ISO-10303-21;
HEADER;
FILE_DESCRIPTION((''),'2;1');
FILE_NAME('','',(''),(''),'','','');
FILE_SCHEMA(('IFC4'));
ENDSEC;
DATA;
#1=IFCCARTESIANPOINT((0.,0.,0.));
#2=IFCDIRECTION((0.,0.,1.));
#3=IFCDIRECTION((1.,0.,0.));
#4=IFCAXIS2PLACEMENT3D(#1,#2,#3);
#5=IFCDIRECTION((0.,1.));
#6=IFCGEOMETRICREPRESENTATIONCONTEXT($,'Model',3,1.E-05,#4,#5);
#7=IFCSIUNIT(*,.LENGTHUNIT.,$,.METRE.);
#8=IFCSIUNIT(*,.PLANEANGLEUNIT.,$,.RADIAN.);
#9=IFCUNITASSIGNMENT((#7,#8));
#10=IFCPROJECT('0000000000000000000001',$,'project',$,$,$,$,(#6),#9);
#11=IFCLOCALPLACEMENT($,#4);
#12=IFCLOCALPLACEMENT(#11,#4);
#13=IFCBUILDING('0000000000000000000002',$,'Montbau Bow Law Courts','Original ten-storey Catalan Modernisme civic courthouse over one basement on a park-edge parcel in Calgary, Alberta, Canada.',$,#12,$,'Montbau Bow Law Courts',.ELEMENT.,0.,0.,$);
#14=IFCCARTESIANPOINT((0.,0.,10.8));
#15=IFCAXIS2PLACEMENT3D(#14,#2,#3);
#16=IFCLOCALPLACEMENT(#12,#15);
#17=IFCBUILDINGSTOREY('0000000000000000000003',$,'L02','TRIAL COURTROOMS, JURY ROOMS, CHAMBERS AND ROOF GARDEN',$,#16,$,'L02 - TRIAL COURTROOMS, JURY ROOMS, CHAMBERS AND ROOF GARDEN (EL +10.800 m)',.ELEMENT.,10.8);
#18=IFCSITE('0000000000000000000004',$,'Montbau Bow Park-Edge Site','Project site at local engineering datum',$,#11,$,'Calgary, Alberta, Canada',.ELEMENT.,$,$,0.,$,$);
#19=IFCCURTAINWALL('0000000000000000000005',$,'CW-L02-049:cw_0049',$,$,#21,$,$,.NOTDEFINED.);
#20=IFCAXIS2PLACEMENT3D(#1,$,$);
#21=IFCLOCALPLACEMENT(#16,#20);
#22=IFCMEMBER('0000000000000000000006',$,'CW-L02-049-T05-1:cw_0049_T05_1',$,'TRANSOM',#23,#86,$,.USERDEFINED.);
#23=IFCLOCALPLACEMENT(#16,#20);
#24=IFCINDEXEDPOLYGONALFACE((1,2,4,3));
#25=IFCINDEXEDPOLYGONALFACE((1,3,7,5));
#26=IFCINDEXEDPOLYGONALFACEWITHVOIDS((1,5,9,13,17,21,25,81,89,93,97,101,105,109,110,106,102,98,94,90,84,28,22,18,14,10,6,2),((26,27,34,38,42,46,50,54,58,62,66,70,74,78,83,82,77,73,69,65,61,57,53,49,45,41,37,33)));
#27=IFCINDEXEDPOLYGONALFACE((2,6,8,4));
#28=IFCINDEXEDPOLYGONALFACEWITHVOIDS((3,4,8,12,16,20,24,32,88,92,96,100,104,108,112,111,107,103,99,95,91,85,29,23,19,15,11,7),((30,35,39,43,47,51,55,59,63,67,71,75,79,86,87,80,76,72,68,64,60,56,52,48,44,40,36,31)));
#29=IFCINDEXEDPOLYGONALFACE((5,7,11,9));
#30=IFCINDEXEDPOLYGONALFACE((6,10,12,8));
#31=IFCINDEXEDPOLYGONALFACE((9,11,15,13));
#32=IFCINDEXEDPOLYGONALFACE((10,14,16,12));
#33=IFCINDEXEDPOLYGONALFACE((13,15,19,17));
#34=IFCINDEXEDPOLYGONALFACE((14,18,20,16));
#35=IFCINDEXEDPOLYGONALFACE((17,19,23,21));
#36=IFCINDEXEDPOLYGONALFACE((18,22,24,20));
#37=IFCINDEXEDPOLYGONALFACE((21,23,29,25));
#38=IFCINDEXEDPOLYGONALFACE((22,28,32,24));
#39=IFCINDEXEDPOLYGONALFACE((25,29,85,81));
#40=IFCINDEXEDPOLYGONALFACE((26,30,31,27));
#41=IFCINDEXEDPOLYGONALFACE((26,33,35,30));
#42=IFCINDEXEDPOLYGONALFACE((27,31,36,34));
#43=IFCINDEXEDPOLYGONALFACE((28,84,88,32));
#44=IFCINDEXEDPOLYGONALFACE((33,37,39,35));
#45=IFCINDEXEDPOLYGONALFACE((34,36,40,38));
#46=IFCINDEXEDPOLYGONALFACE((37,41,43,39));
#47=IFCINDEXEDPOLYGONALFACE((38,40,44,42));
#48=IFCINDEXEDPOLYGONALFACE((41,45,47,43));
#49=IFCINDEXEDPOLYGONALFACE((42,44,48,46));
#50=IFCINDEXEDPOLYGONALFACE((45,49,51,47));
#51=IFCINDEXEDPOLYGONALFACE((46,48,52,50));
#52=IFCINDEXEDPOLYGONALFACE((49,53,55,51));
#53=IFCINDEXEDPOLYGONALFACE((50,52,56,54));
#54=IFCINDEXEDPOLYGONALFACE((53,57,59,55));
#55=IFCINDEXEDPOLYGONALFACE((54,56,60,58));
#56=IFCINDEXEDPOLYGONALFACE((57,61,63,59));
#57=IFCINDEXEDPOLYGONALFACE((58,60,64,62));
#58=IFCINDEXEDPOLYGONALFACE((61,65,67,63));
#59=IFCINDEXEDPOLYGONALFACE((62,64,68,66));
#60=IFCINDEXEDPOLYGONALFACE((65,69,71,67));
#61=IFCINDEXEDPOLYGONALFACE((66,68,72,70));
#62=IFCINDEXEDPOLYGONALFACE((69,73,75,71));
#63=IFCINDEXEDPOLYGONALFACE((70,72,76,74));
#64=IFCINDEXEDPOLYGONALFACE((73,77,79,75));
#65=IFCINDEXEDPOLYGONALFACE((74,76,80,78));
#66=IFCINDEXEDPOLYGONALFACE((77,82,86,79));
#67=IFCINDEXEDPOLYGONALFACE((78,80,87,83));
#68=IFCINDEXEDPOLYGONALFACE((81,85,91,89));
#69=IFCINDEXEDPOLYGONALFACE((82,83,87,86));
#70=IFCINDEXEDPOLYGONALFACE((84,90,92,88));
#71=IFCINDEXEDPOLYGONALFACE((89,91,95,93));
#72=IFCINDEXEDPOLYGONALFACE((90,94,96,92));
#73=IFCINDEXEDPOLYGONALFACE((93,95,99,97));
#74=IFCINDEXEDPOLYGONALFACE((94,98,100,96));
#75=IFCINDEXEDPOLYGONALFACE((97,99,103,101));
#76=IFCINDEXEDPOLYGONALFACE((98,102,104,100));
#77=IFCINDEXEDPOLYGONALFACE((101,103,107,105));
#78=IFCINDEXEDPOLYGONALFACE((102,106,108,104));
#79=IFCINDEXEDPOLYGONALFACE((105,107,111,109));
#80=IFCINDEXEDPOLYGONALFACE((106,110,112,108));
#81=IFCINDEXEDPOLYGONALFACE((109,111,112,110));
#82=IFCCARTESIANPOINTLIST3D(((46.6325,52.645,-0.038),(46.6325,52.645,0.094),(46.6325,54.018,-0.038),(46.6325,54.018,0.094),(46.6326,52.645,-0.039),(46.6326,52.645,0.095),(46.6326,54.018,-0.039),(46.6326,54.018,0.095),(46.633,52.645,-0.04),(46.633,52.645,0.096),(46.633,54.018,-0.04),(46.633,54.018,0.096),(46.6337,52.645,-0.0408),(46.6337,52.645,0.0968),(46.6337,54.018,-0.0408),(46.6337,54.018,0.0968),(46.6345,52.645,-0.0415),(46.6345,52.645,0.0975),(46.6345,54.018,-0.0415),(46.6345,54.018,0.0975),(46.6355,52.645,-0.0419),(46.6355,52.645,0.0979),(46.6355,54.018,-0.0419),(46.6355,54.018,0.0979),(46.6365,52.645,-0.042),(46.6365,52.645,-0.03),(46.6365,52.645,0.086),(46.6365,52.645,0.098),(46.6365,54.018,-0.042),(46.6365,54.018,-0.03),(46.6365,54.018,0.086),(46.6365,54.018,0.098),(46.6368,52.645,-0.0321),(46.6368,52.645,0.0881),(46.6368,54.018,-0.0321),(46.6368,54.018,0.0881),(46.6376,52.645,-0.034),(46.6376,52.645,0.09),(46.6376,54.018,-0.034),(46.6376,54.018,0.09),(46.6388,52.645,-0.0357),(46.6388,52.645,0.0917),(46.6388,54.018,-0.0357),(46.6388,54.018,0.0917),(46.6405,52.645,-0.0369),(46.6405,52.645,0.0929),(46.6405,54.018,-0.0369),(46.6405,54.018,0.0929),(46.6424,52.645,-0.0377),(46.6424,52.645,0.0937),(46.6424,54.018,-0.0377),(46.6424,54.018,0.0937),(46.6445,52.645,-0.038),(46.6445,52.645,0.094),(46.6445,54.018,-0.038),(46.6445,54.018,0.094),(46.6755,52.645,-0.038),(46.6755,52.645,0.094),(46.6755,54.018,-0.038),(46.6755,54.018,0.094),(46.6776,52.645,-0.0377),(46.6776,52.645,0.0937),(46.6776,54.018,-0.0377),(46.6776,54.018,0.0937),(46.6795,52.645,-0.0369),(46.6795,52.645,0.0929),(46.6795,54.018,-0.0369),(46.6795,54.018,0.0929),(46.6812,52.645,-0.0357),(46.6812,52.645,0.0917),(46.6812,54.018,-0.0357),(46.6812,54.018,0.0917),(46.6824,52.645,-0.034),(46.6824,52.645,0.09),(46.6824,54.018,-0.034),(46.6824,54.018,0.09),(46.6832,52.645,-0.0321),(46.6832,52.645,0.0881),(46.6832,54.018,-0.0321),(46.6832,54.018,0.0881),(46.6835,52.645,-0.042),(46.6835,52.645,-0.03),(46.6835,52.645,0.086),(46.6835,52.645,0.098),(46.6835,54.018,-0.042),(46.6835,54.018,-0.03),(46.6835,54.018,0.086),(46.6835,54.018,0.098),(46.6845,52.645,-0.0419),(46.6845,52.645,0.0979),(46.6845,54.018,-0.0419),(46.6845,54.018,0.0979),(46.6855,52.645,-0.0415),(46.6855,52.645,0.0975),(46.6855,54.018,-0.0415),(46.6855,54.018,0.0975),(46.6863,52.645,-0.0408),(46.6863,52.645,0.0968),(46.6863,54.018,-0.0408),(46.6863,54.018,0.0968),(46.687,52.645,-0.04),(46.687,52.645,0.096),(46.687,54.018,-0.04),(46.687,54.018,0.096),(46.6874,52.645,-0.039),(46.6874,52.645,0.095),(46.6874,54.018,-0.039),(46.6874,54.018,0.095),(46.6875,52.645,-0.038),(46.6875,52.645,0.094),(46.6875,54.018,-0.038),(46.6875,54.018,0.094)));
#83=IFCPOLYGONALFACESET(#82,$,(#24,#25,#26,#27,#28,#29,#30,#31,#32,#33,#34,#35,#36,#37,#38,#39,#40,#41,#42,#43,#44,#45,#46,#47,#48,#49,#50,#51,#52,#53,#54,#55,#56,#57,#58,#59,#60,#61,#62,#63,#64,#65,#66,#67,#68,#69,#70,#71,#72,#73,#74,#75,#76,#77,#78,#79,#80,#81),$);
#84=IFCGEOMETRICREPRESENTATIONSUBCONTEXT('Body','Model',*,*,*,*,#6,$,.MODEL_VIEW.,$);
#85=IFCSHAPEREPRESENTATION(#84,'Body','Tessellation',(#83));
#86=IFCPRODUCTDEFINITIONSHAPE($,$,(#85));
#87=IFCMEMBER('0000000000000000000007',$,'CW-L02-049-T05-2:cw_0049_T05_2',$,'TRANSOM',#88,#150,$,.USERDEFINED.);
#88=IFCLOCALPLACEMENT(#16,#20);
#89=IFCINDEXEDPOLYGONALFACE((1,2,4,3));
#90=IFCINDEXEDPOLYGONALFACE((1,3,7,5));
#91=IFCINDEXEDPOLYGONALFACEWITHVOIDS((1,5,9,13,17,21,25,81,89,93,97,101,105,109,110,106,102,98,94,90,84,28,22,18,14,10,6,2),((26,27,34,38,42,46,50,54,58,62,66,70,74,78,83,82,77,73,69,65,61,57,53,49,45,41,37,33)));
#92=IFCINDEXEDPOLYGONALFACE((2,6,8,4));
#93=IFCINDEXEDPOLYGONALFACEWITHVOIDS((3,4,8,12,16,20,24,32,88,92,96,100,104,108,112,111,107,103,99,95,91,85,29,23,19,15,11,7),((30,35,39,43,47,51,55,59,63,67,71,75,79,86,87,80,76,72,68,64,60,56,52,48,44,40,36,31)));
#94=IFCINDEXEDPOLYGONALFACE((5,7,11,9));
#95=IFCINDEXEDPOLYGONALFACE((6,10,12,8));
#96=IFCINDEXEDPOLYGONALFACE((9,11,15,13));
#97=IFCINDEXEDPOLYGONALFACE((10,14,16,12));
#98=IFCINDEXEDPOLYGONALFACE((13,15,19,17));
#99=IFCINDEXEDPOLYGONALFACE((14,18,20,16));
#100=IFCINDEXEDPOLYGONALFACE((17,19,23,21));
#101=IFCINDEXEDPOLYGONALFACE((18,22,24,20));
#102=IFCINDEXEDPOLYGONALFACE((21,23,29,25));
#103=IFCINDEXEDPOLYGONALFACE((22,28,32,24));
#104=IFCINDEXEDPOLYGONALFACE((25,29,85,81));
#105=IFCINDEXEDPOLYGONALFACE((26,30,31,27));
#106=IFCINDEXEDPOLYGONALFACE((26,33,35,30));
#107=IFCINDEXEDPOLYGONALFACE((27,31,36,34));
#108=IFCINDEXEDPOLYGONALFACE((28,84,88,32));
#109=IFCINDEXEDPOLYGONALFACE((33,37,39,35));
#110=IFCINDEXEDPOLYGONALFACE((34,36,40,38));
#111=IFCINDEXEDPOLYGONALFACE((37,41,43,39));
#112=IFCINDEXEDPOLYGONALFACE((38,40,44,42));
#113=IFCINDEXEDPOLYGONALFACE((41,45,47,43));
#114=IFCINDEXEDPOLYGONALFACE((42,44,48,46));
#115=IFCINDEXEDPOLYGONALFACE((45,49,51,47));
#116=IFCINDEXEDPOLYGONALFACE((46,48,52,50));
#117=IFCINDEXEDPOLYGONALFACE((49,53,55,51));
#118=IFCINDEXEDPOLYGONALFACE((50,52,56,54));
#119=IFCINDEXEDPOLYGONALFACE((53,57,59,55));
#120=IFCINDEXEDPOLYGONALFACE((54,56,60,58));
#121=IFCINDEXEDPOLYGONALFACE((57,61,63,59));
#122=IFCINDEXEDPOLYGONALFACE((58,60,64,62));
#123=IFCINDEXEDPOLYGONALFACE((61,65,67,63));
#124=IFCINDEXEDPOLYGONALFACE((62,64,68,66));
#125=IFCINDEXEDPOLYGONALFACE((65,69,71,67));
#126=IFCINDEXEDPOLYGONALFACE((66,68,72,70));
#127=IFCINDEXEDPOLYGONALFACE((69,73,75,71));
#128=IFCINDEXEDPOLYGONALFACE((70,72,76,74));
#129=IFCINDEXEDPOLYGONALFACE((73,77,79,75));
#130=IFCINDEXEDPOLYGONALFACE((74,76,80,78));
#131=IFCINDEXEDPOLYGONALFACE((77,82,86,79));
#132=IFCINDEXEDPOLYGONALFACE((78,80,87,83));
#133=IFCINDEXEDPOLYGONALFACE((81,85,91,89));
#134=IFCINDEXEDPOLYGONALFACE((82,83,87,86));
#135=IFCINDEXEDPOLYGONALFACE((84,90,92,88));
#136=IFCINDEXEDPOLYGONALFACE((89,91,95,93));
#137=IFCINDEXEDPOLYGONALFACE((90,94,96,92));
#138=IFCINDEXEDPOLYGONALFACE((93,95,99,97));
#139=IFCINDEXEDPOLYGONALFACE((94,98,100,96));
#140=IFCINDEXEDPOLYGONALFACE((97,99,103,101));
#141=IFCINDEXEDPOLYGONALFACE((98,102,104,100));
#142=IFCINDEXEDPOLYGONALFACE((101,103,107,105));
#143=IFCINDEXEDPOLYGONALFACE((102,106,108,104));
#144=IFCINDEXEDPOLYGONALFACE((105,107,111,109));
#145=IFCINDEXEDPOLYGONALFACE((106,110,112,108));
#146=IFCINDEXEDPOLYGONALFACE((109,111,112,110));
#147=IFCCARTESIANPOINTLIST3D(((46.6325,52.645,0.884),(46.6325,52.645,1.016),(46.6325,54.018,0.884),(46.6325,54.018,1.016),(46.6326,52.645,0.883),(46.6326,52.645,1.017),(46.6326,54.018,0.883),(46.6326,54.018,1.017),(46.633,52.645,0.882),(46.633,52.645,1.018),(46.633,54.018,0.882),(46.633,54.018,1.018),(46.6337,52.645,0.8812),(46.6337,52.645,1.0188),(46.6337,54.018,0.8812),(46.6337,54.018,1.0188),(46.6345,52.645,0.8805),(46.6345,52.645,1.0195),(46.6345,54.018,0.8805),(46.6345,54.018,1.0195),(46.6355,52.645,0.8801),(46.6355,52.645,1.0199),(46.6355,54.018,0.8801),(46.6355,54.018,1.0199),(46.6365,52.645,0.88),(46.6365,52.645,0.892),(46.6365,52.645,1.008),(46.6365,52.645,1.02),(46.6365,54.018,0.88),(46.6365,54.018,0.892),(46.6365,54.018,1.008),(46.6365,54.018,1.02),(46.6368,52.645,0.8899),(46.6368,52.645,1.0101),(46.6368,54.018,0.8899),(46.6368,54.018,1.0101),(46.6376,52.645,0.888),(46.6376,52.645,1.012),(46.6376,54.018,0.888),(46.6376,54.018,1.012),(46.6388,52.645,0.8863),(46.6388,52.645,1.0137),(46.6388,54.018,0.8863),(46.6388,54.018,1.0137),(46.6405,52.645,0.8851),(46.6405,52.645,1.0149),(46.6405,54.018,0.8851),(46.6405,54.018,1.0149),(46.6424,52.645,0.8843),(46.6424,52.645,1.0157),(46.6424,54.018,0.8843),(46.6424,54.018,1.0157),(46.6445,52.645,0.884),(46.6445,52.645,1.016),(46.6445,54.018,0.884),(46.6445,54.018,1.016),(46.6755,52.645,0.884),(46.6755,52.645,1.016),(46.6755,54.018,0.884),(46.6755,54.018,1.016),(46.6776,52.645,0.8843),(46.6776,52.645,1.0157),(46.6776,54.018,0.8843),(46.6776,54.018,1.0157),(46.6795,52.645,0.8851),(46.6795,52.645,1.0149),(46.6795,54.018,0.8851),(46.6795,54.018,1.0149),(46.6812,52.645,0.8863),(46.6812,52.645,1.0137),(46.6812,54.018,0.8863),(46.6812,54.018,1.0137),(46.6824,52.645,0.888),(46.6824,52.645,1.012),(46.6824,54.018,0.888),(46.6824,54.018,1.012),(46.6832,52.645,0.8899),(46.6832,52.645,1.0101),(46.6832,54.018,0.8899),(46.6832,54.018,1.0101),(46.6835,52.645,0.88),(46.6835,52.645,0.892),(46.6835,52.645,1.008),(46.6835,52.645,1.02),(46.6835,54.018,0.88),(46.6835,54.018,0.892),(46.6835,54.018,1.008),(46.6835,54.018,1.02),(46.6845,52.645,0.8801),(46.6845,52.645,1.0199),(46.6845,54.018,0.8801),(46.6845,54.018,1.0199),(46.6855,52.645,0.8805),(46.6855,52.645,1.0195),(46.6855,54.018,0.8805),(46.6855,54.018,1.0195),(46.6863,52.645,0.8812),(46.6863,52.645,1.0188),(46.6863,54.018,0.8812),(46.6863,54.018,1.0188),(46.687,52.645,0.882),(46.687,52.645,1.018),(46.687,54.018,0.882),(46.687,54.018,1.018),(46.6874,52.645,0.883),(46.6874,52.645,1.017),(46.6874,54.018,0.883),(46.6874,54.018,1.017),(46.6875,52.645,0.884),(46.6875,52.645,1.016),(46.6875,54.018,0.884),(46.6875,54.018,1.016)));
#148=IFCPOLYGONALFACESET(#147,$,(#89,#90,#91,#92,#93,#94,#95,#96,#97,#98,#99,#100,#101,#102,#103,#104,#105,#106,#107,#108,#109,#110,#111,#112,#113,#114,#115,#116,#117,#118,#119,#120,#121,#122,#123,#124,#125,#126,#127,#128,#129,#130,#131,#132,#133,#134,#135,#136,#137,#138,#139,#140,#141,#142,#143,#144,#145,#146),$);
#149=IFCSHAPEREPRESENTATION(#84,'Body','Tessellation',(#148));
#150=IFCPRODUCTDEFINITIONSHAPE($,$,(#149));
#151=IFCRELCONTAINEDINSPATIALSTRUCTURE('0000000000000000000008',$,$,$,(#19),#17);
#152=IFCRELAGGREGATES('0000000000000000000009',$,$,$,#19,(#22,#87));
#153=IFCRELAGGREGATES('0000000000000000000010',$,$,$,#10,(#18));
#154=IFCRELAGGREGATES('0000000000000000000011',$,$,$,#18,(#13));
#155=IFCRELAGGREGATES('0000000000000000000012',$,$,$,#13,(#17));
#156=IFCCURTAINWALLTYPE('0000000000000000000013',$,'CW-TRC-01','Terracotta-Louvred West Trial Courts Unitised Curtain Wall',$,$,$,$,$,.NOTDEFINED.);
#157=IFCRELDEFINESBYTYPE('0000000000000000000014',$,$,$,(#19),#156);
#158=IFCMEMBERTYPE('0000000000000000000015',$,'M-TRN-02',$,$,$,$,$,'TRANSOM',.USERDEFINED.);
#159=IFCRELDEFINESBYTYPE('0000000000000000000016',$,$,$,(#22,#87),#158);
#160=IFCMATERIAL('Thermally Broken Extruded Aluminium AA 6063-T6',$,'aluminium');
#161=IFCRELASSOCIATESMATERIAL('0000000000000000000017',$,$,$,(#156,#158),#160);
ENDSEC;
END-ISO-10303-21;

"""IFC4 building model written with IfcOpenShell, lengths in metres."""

from ifc_helpers import new_model, si_unit, direction, frame, origin_with_axes, origin_2d_with_axis, place, context, subcontext, project, spatial, hollow_rectangle, extrude, material, material_profile, profile_set, type_object, element, aggregate, save


model = new_model("IFC4")

# Units and contexts
model_context = context("Model", 3, precision=1e-05, world=origin_with_axes(), true_north=direction((0.0, 1.0)))
body_context = subcontext(model_context, "Body", "Model", "MODEL_VIEW")
ifc_project = project(units=[si_unit("LENGTHUNIT", "METRE"), si_unit("PLANEANGLEUNIT", "RADIAN")], contexts=[model_context])

# Site, building, storey
site_placement = place(None, origin_with_axes())
site = spatial("IfcSite", under=ifc_project, at=site_placement, Name="Montbau Bow Park-Edge Site", Description="Project site at local engineering datum", LongName="Calgary, Alberta, Canada", CompositionType="ELEMENT", RefElevation=0.0)
building_placement = place(site_placement, origin_with_axes())
building = spatial("IfcBuilding", under=site, at=building_placement, Name="Montbau Bow Law Courts", Description="Original ten-storey Catalan Modernisme civic courthouse over one basement on a park-edge parcel in Calgary, Alberta, Canada.", LongName="Montbau Bow Law Courts", CompositionType="ELEMENT", ElevationOfRefHeight=0.0, ElevationOfTerrain=0.0)
storey_placement = place(building_placement, frame((0.0, 0.0, 10.8), z_axis=(0.0, 0.0, 1.0), x_axis=(1.0, 0.0, 0.0)))
storey = spatial("IfcBuildingStorey", under=building, at=storey_placement, Name="L02", Description="TRIAL COURTROOMS, JURY ROOMS, CHAMBERS AND ROOF GARDEN", LongName="L02 - TRIAL COURTROOMS, JURY ROOMS, CHAMBERS AND ROOF GARDEN (EL +10.800 m)", CompositionType="ELEMENT", Elevation=10.8)

# Curtain wall
ifc_material_1 = material(Name="Thermally Broken Extruded Aluminium AA 6063-T6", Category="aluminium")
curtain_wall_type = type_object("IfcCurtainWallType", Name="CW-TRC-01", Description="Terracotta-Louvred West Trial Courts Unitised Curtain Wall", PredefinedType="NOTDEFINED", material=ifc_material_1)
curtain_wall_1_placement = place(None, frame((46.66, 46.715, 10.8), z_axis=(0.0, 0.0, 1.0), x_axis=(1.0, 0.0, 0.0)))
curtain_wall_1 = element("IfcCurtainWall", 1, at=curtain_wall_1_placement, inside=storey, type_object=curtain_wall_type, Name="CW-L02-049:cw_0049", PredefinedType="NOTDEFINED")

# Members
ifc_material_profile_1 = material_profile(ifc_material_1, hollow_rectangle(XDim=0.055, YDim=0.14, WallThickness=0.004, InnerFilletRadius=0.008, OuterFilletRadius=0.004, at=origin_2d_with_axis()), Name="CWT-140X55", Category="Main", Priority=0)
ifc_profile_set_1 = profile_set([ifc_material_profile_1], Name="Thermally Broken Extruded Aluminium AA 6063-T6")
member_type_1 = type_object("IfcMemberType", Name="M-TRN-02", ElementType="TRANSOM", PredefinedType="USERDEFINED", material=ifc_profile_set_1)
member_1_placement = place(None, frame((46.66, 52.645, 10.828), z_axis=(0.0, 1.0, 0.0), x_axis=(-1.0, 0.0, 0.0)))
member_1 = element("IfcMember", 2, at=member_1_placement, type_object=member_type_1, Name="CW-L02-049-T05-1:cw_0049_T05_1", ObjectType="TRANSOM", PredefinedType="USERDEFINED", context=body_context, shape_type="SweptSolid", body=[
    extrude(hollow_rectangle(XDim=0.055, YDim=0.14, WallThickness=0.004, InnerFilletRadius=0.008, OuterFilletRadius=0.004, at=origin_2d_with_axis()), origin_with_axes(), (0.0, 0.0, 1.0), 1.373),
])
member_2_placement = place(None, frame((46.66, 52.645, 11.75), z_axis=(0.0, 1.0, 0.0), x_axis=(-1.0, 0.0, 0.0)))
member_2 = element("IfcMember", 3, at=member_2_placement, type_object=member_type_1, Name="CW-L02-049-T05-2:cw_0049_T05_2", ObjectType="TRANSOM", PredefinedType="USERDEFINED", context=body_context, shape_type="SweptSolid", body=[
    extrude(hollow_rectangle(XDim=0.055, YDim=0.14, WallThickness=0.004, InnerFilletRadius=0.008, OuterFilletRadius=0.004, at=origin_2d_with_axis()), origin_with_axes(), (0.0, 0.0, 1.0), 1.373),
])

aggregate(curtain_wall_1, [member_1, member_2])

save(model, "model.ifc")
